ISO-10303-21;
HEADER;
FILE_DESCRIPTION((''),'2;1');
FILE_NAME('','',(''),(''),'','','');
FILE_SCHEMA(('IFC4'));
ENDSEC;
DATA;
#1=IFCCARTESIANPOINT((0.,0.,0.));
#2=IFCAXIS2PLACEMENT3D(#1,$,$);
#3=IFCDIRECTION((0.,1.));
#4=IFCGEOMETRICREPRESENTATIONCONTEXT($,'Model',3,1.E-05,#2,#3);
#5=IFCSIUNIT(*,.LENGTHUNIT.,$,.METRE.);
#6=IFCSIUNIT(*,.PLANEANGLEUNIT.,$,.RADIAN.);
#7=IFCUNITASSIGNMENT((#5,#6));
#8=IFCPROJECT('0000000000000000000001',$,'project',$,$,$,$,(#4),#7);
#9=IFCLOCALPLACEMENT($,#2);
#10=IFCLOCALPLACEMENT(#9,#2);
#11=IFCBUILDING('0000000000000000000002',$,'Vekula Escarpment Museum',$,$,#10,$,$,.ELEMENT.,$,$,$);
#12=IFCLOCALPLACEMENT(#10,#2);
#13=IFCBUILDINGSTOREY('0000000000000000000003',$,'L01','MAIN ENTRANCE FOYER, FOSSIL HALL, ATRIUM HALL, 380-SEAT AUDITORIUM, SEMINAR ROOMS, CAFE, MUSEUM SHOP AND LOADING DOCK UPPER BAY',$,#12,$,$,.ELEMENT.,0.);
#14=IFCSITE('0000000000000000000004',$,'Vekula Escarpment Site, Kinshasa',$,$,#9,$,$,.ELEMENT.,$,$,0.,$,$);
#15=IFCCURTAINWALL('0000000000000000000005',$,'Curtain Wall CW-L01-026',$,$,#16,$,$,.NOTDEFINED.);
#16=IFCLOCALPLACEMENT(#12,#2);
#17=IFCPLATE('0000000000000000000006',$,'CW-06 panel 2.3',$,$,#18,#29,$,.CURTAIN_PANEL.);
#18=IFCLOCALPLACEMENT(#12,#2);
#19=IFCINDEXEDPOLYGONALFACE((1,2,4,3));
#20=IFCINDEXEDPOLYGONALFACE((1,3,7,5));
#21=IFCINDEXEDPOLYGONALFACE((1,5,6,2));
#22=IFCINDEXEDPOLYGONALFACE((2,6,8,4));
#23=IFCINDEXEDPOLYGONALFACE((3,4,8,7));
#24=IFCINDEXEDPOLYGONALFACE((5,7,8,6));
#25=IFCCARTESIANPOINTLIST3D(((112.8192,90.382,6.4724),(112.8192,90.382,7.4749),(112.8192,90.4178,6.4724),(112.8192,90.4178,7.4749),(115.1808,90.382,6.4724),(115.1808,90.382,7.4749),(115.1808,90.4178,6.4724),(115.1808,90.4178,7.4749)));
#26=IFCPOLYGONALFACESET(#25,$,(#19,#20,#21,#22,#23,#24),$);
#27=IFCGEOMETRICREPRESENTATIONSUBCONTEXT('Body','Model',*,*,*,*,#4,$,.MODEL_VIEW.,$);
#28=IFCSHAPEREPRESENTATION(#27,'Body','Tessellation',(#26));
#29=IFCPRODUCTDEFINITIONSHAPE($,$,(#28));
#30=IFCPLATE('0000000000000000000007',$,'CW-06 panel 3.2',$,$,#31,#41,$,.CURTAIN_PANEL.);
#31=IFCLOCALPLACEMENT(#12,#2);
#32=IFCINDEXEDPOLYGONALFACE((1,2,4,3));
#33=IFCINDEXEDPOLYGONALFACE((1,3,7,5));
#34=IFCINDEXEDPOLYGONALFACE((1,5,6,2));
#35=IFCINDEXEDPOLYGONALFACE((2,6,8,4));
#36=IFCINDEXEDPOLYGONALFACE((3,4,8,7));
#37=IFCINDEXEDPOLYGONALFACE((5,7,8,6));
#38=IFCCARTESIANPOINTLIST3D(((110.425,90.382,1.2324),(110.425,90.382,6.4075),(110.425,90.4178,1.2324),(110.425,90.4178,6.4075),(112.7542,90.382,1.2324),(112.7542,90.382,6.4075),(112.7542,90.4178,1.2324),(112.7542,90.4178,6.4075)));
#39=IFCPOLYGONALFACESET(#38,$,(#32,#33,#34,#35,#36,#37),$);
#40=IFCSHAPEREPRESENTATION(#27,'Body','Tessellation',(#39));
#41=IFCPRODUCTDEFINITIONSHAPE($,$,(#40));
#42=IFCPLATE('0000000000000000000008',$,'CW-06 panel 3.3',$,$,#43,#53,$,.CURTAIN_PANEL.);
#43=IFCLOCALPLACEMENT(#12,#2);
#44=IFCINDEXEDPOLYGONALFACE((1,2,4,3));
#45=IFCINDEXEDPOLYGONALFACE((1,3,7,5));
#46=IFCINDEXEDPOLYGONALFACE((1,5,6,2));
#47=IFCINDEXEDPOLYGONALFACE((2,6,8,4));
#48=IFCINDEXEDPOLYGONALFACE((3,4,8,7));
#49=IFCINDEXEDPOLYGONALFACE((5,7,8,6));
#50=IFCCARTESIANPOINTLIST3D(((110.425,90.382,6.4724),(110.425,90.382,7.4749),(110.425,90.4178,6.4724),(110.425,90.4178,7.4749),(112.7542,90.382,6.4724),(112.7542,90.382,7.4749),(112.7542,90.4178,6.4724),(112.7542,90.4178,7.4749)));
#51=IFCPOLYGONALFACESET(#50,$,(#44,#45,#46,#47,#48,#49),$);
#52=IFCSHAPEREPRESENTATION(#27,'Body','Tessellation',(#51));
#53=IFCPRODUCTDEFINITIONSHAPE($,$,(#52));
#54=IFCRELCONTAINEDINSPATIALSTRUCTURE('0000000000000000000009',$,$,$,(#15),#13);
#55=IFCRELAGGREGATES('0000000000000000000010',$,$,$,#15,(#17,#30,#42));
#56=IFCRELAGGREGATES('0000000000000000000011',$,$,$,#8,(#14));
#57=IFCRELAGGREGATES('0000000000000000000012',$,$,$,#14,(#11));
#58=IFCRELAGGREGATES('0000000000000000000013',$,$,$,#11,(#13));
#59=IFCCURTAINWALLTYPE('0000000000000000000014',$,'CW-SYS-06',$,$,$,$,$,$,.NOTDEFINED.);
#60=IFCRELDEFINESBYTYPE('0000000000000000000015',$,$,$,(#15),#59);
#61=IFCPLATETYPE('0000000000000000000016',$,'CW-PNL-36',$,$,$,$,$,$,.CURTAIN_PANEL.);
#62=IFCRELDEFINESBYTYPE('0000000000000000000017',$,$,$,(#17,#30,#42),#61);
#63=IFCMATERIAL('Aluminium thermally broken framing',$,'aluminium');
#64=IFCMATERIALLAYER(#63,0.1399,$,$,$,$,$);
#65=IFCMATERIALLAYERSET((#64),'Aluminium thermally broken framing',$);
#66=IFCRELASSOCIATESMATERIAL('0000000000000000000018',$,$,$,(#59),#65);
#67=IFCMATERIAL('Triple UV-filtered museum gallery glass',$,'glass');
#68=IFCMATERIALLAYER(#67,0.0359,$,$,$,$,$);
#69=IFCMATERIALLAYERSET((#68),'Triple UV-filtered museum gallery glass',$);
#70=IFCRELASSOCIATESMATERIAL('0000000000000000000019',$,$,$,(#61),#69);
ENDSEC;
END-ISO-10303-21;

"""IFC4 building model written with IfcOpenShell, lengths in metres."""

from ifc_helpers import new_model, si_unit, direction, frame, origin, origin_2d, place, context, subcontext, project, spatial, rectangle, extrude, material, layer, layer_set, type_object, element, aggregate, save


model = new_model("IFC4")

# Units and contexts
model_context = context("Model", 3, precision=1e-05, world=origin(), true_north=direction((0.0, 1.0)))
body_context = subcontext(model_context, "Body", "Model", "MODEL_VIEW")
ifc_project = project(units=[si_unit("LENGTHUNIT", "METRE"), si_unit("PLANEANGLEUNIT", "RADIAN")], contexts=[model_context])

# Site, building, storey
site_placement = place(None, origin())
site = spatial("IfcSite", under=ifc_project, at=site_placement, Name="Vekula Escarpment Site, Kinshasa", CompositionType="ELEMENT", RefElevation=0.0)
building_placement = place(site_placement, origin())
building = spatial("IfcBuilding", under=site, at=building_placement, Name="Vekula Escarpment Museum", CompositionType="ELEMENT")
storey_placement = place(building_placement, origin())
storey = spatial("IfcBuildingStorey", under=building, at=storey_placement, Name="L01", Description="MAIN ENTRANCE FOYER, FOSSIL HALL, ATRIUM HALL, 380-SEAT AUDITORIUM, SEMINAR ROOMS, CAFE, MUSEUM SHOP AND LOADING DOCK UPPER BAY", CompositionType="ELEMENT", Elevation=0.0)

# Curtain wall, plates
ifc_material_1 = material(Name="Aluminium thermally broken framing", Category="aluminium")
ifc_layer_1 = layer(ifc_material_1, 0.1399)
ifc_layer_set_1 = layer_set([ifc_layer_1], Name="Aluminium thermally broken framing")
curtain_wall_type = type_object("IfcCurtainWallType", Name="CW-SYS-06", PredefinedType="NOTDEFINED", material=ifc_layer_set_1)
curtain_wall_placement = place(storey_placement, origin())
curtain_wall = element("IfcCurtainWall", 1, at=curtain_wall_placement, inside=storey, type_object=curtain_wall_type, Name="Curtain Wall CW-L01-026", PredefinedType="NOTDEFINED")
ifc_material_2 = material(Name="Triple UV-filtered museum gallery glass", Category="glass")
ifc_layer_2 = layer(ifc_material_2, 0.0359)
ifc_layer_set_2 = layer_set([ifc_layer_2], Name="Triple UV-filtered museum gallery glass")
plate_type = type_object("IfcPlateType", Name="CW-PNL-36", PredefinedType="CURTAIN_PANEL", material=ifc_layer_set_2)
plate_1_placement = place(storey_placement, frame((114.0, 90.3999, 6.4724), z_axis=(0.0, 0.0, 1.0), x_axis=(-1.0, 0.0, 0.0)))
plate_1 = element("IfcPlate", 2, at=plate_1_placement, type_object=plate_type, Name="CW-06 panel 2.3", PredefinedType="CURTAIN_PANEL", context=body_context, shape_type="SweptSolid", body=[
    extrude(rectangle(XDim=2.3616, YDim=0.0359, at=origin_2d()), origin(), (0.0, 0.0, 1.0), 1.0024),
])
plate_2_placement = place(storey_placement, frame((111.5896, 90.3999, 1.2324), z_axis=(0.0, 0.0, 1.0), x_axis=(-1.0, 0.0, 0.0)))
plate_2 = element("IfcPlate", 3, at=plate_2_placement, type_object=plate_type, Name="CW-06 panel 3.2", PredefinedType="CURTAIN_PANEL", context=body_context, shape_type="SweptSolid", body=[
    extrude(rectangle(XDim=2.3291, YDim=0.0359, at=origin_2d()), origin(), (0.0, 0.0, 1.0), 5.175),
])
plate_3_placement = place(storey_placement, frame((111.5896, 90.3999, 6.4724), z_axis=(0.0, 0.0, 1.0), x_axis=(-1.0, 0.0, 0.0)))
plate_3 = element("IfcPlate", 4, at=plate_3_placement, type_object=plate_type, Name="CW-06 panel 3.3", PredefinedType="CURTAIN_PANEL", context=body_context, shape_type="SweptSolid", body=[
    extrude(rectangle(XDim=2.3291, YDim=0.0359, at=origin_2d()), origin(), (0.0, 0.0, 1.0), 1.0024),
])
aggregate(curtain_wall, [plate_1, plate_2, plate_3])

save(model, "model.ifc")
